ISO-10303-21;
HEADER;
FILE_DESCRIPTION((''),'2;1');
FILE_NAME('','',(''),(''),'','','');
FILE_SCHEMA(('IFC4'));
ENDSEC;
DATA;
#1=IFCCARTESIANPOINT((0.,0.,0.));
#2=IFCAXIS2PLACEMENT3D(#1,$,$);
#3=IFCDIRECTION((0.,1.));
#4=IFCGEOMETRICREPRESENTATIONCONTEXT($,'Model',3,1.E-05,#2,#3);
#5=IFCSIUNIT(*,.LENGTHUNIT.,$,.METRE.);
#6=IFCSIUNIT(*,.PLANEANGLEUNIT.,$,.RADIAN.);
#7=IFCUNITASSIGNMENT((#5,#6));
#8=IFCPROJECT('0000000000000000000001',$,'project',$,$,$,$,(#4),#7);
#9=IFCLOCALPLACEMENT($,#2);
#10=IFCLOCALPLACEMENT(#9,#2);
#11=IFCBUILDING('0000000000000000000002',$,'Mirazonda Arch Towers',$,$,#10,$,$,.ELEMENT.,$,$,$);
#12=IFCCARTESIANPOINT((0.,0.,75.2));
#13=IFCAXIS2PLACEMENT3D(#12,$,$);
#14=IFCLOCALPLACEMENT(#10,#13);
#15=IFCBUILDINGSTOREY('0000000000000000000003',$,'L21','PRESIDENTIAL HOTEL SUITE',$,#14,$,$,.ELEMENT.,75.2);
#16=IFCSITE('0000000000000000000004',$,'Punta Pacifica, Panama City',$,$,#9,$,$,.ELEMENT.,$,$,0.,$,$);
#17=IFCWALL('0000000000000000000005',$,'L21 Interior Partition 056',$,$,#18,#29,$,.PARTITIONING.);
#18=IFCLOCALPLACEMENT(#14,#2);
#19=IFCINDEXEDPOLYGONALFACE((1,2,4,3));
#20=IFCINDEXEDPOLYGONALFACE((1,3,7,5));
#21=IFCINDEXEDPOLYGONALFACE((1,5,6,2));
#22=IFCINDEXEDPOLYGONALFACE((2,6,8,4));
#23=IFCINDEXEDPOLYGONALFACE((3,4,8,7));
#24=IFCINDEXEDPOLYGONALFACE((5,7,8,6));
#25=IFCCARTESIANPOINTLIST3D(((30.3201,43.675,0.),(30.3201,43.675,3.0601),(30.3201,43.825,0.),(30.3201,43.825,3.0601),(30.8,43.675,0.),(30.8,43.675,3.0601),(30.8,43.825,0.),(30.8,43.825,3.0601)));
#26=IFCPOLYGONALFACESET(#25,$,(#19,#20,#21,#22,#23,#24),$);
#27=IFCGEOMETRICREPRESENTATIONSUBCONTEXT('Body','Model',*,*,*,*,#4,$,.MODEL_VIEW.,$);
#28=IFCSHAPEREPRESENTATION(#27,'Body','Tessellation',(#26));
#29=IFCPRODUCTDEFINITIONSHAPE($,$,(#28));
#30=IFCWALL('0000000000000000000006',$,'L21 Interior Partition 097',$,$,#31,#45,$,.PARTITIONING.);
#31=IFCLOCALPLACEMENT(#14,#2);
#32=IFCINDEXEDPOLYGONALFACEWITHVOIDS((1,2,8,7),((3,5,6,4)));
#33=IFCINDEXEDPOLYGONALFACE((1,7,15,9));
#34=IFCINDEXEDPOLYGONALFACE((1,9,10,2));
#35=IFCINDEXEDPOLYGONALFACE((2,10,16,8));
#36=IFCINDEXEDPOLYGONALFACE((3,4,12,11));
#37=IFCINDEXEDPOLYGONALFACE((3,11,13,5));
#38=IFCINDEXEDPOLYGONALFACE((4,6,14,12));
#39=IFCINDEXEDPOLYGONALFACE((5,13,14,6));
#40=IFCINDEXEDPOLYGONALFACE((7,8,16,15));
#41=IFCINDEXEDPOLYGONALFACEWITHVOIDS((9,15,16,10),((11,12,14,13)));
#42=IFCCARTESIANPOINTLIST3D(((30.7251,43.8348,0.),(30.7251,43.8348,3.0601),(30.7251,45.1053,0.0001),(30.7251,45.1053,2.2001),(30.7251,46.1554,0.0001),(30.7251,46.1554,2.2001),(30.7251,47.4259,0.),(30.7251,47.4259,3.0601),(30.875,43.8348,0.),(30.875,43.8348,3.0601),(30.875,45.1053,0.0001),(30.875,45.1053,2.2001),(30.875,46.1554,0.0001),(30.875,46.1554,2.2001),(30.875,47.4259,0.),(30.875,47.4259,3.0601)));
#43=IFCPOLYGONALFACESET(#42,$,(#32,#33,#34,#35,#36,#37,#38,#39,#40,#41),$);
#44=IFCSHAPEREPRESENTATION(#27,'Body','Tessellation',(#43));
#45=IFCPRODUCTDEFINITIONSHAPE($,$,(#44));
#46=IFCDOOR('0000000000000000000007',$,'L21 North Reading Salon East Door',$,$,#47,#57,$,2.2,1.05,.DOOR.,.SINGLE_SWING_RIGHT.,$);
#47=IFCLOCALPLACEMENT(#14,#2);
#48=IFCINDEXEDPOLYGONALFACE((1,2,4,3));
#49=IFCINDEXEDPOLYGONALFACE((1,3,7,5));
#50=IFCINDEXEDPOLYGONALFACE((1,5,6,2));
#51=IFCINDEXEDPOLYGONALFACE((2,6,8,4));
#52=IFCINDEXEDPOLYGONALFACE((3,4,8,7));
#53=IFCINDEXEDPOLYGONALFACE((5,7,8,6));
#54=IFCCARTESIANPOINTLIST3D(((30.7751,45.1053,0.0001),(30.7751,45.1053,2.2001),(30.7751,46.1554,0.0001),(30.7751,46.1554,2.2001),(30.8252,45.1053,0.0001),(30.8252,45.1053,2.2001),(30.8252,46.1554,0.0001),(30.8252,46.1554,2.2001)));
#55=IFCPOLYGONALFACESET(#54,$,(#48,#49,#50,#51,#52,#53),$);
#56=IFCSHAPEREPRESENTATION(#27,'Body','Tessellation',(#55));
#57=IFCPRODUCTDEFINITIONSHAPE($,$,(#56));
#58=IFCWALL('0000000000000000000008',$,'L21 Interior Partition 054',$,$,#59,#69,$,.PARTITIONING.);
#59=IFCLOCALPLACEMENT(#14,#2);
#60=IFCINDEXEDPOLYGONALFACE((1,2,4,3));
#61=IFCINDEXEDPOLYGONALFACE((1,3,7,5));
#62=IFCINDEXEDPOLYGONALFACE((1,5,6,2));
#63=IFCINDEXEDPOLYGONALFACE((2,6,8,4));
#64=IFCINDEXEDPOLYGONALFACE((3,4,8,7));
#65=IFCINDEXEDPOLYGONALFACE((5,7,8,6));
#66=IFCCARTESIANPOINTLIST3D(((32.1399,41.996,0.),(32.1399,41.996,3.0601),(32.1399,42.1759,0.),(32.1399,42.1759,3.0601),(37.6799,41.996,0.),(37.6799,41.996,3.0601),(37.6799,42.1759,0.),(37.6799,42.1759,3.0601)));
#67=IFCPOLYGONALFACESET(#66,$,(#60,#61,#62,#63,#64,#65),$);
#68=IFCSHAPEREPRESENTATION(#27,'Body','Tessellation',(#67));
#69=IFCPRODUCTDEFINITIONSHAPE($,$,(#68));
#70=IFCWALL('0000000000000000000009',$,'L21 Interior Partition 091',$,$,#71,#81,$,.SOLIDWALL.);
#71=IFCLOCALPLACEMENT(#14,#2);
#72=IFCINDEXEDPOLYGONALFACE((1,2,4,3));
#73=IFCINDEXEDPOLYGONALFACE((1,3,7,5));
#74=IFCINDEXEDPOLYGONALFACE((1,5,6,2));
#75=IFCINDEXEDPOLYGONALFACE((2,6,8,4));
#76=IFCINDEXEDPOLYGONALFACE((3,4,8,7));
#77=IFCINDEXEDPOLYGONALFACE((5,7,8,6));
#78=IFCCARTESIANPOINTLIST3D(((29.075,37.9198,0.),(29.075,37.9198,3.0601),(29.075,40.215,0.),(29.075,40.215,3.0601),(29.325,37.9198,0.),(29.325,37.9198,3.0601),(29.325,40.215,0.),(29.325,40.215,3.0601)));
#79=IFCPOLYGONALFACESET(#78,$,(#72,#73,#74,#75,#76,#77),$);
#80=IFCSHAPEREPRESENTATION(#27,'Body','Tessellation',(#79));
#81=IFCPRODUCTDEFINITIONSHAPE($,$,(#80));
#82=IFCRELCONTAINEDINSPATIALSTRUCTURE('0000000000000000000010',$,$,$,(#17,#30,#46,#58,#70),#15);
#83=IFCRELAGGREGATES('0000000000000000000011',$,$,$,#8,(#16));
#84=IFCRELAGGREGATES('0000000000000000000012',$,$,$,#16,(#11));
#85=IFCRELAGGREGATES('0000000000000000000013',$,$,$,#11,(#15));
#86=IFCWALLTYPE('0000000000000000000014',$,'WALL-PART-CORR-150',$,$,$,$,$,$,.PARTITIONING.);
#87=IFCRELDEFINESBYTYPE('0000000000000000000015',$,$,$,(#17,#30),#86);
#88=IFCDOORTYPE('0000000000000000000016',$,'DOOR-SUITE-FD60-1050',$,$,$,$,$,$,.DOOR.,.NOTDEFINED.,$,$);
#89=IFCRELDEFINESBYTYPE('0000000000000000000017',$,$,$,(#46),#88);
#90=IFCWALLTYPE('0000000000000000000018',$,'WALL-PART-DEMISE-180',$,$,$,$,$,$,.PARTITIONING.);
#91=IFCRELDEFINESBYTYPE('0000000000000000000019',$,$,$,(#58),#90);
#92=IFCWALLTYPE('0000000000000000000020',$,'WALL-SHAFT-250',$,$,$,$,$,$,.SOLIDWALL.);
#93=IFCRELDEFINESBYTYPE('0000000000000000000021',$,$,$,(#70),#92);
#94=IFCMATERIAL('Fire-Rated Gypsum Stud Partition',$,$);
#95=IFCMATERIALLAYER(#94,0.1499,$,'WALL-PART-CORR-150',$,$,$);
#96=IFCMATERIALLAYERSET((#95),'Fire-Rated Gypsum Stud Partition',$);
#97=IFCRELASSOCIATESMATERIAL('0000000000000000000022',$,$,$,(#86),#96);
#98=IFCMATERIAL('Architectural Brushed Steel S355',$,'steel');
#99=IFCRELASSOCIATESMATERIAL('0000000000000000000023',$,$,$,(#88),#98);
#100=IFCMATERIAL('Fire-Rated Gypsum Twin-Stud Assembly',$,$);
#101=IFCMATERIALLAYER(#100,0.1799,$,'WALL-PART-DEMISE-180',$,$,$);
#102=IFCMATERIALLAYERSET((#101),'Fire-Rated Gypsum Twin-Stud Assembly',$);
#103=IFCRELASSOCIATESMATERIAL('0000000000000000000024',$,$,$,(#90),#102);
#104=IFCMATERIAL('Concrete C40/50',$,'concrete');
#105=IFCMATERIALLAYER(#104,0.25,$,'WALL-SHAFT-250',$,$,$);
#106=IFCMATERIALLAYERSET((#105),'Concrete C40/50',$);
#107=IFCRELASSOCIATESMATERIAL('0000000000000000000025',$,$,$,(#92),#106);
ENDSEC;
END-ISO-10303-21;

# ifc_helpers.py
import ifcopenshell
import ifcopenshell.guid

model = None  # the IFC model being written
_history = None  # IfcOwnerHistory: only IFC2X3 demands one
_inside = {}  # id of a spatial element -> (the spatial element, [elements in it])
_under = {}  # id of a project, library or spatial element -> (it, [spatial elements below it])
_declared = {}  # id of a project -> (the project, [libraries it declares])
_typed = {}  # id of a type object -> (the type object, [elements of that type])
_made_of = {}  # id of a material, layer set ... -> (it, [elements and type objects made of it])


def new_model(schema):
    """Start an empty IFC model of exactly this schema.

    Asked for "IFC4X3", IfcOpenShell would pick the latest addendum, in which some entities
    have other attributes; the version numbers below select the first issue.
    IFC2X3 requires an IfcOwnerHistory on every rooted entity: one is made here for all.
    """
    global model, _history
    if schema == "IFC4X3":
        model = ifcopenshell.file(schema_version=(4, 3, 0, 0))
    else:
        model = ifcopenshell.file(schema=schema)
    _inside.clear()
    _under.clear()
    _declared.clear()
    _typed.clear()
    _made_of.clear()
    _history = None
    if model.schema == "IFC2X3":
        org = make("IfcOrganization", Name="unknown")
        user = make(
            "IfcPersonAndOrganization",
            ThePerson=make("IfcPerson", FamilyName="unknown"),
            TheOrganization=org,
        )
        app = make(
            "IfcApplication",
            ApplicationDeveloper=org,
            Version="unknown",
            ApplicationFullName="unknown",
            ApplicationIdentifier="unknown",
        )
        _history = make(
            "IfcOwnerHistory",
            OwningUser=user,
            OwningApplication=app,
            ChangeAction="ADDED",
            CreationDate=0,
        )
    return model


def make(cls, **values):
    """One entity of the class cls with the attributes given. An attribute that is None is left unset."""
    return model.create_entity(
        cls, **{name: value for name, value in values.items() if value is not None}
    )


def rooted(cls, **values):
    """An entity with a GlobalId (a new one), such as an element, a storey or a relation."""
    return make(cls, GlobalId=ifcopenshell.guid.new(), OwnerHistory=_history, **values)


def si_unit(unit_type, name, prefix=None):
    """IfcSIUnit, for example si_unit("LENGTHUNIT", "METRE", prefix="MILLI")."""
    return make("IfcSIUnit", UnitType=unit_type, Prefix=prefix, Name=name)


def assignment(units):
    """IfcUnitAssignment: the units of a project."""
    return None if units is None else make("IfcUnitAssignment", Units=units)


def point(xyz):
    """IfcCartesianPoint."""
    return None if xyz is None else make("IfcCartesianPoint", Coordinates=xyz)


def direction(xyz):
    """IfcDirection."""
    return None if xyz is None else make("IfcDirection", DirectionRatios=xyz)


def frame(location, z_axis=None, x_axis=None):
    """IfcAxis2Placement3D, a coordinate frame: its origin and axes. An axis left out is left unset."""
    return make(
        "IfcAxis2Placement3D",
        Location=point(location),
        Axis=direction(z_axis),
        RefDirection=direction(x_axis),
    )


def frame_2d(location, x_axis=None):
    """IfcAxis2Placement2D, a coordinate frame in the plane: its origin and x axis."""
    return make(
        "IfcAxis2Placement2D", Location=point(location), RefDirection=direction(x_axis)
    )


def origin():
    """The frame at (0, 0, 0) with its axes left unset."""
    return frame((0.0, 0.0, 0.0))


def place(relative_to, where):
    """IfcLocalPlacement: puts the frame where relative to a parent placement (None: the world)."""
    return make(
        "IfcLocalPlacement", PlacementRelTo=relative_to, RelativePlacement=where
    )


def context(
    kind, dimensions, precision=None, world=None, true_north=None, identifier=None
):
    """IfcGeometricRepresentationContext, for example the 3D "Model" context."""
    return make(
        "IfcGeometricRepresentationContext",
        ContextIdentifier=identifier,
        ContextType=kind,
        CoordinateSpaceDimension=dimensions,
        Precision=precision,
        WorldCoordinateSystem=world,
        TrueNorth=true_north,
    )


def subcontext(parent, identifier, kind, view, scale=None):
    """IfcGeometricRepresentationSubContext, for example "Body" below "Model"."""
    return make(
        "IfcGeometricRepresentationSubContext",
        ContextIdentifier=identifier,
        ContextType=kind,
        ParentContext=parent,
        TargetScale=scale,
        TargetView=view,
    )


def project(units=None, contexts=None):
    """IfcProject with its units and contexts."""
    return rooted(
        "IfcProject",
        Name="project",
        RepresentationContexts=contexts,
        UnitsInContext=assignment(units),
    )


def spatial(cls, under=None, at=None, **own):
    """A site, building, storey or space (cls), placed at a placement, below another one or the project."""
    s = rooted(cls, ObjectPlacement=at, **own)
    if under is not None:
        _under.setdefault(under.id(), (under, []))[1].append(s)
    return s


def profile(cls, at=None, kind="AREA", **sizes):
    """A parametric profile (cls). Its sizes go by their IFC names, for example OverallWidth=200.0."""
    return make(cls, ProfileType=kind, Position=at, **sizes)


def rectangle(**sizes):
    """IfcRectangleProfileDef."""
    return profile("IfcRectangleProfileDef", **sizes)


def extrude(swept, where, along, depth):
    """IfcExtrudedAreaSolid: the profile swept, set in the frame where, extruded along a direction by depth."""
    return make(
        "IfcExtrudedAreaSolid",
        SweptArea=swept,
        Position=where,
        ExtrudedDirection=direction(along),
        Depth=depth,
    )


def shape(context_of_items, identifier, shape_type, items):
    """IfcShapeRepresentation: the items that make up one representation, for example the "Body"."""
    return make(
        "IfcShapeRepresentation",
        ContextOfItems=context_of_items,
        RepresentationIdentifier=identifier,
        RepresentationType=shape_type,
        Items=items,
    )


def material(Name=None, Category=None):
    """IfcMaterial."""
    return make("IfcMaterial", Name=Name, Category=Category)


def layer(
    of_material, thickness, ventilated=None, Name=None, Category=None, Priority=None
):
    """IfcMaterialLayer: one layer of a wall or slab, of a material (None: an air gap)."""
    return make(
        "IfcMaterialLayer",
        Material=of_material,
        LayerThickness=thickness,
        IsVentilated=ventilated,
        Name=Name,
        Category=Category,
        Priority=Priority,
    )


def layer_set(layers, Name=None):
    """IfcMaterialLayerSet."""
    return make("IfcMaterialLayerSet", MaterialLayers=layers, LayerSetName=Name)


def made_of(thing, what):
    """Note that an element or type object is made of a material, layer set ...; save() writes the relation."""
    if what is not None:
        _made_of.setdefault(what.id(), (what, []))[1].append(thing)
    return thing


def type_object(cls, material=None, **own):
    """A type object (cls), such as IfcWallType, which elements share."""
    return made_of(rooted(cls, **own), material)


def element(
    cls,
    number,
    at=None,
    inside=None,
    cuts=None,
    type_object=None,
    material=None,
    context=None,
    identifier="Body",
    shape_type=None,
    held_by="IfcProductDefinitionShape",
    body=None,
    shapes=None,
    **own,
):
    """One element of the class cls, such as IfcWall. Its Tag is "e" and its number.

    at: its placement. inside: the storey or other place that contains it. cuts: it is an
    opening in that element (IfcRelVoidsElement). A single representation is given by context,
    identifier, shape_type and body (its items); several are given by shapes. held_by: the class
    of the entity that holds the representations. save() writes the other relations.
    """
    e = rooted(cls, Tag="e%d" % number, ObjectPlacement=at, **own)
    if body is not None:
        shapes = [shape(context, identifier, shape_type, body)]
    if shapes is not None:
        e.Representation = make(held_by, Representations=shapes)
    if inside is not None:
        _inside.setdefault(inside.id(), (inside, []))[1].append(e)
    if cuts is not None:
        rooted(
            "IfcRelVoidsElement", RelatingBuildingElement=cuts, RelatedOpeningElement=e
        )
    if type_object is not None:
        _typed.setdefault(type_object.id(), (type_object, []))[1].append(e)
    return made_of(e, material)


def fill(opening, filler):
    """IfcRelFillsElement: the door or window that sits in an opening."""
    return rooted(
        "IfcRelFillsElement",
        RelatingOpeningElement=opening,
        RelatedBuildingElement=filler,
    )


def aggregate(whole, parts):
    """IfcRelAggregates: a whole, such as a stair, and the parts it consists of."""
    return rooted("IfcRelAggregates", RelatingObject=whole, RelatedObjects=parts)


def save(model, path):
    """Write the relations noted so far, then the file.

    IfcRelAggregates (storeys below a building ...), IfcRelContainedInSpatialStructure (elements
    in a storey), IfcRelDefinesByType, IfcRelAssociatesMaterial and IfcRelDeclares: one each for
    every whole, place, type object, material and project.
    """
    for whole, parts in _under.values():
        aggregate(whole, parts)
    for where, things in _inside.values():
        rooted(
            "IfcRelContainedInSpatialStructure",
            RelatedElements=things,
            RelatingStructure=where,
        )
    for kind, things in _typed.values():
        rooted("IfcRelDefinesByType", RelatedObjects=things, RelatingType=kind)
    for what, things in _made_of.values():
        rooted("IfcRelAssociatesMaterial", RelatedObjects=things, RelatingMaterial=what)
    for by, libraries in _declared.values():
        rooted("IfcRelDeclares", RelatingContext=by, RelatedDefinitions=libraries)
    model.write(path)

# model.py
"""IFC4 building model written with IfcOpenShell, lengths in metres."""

from ifc_helpers import new_model, si_unit, direction, frame, frame_2d, origin, place, context, subcontext, project, spatial, rectangle, extrude, material, layer, layer_set, type_object, element, fill, save


model = new_model("IFC4")

# Units and contexts
model_context = context("Model", 3, precision=1e-05, world=origin(), true_north=direction((0.0, 1.0)))
body_context = subcontext(model_context, "Body", "Model", "MODEL_VIEW")
ifc_project = project(units=[si_unit("LENGTHUNIT", "METRE"), si_unit("PLANEANGLEUNIT", "RADIAN")], contexts=[model_context])

# Site, building, storey
site_placement = place(None, origin())
site = spatial("IfcSite", under=ifc_project, at=site_placement, Name="Punta Pacifica, Panama City", CompositionType="ELEMENT", RefElevation=0.0)
building_placement = place(site_placement, origin())
building = spatial("IfcBuilding", under=site, at=building_placement, Name="Mirazonda Arch Towers", CompositionType="ELEMENT")
storey_placement = place(building_placement, frame((0.0, 0.0, 75.2)))
storey = spatial("IfcBuildingStorey", under=building, at=storey_placement, Name="L21", Description="PRESIDENTIAL HOTEL SUITE", CompositionType="ELEMENT", Elevation=75.2)

# Wall
ifc_material_1 = material(Name="Fire-Rated Gypsum Stud Partition")
ifc_layer_1 = layer(ifc_material_1, 0.1499, Name="WALL-PART-CORR-150")
ifc_layer_set_1 = layer_set([ifc_layer_1], Name="Fire-Rated Gypsum Stud Partition")
wall_type_1 = type_object("IfcWallType", Name="WALL-PART-CORR-150", PredefinedType="PARTITIONING", material=ifc_layer_set_1)
wall_1_placement = place(storey_placement, frame((30.3201, 43.75, 0.0), z_axis=(0.0, 0.0, 1.0), x_axis=(1.0, 0.0, 0.0)))
element("IfcWall", 1, at=wall_1_placement, inside=storey, type_object=wall_type_1, Name="L21 Interior Partition 056", PredefinedType="PARTITIONING", context=body_context, shape_type="SweptSolid", body=[
    extrude(rectangle(XDim=0.48, YDim=0.1499, at=frame_2d((0.24, 0.0))), origin(), (0.0, 0.0, 1.0), 3.0601),
])

# Wall, opening, door
wall_2_placement = place(storey_placement, frame((30.8, 43.835, 0.0), z_axis=(0.0, 0.0, 1.0), x_axis=(0.0, 1.0, 0.0)))
wall_2 = element("IfcWall", 2, at=wall_2_placement, inside=storey, type_object=wall_type_1, Name="L21 Interior Partition 097", PredefinedType="PARTITIONING", context=body_context, shape_type="SweptSolid", body=[
    extrude(rectangle(XDim=3.5911, YDim=0.1499, at=frame_2d((1.7954, 0.0))), origin(), (0.0, 0.0, 1.0), 3.0601),
])
opening_1_placement = place(wall_2_placement, frame((1.2705, 0.0, 0.0)))
opening_1 = element("IfcOpeningElement", 3, at=opening_1_placement, cuts=wall_2, PredefinedType="OPENING", context=body_context, shape_type="SweptSolid", body=[
    extrude(rectangle(XDim=1.05, YDim=2.2, at=frame_2d((0.5249, 1.1001))), frame((0.0, 0.085, 0.0), z_axis=(0.0, -1.0, 0.0), x_axis=(1.0, 0.0, 0.0)), (0.0, 0.0, 1.0), 0.1699),
])
ifc_material_2 = material(Name="Architectural Brushed Steel S355", Category="steel")
door_type_1 = type_object("IfcDoorType", Name="DOOR-SUITE-FD60-1050", OperationType="NOTDEFINED", PredefinedType="DOOR", material=ifc_material_2)
door_1_placement = place(opening_1_placement, origin())
door_1 = element("IfcDoor", 4, at=door_1_placement, inside=storey, type_object=door_type_1, Name="L21 North Reading Salon East Door", OperationType="SINGLE_SWING_RIGHT", OverallHeight=2.2, OverallWidth=1.05, PredefinedType="DOOR", context=body_context, shape_type="SweptSolid", body=[
    extrude(rectangle(XDim=1.05, YDim=2.2, at=frame_2d((0.5249, 1.1001))), frame((0.0, 0.0249, 0.0), z_axis=(0.0, -1.0, 0.0), x_axis=(1.0, 0.0, 0.0)), (0.0, 0.0, 1.0), 0.05),
])
fill(opening_1, door_1)

# Wall
ifc_material_3 = material(Name="Fire-Rated Gypsum Twin-Stud Assembly")
ifc_layer_2 = layer(ifc_material_3, 0.1799, Name="WALL-PART-DEMISE-180")
ifc_layer_set_2 = layer_set([ifc_layer_2], Name="Fire-Rated Gypsum Twin-Stud Assembly")
wall_type_2 = type_object("IfcWallType", Name="WALL-PART-DEMISE-180", PredefinedType="PARTITIONING", material=ifc_layer_set_2)
wall_3_placement = place(storey_placement, frame((32.1399, 42.0859, 0.0), z_axis=(0.0, 0.0, 1.0), x_axis=(1.0, 0.0, 0.0)))
element("IfcWall", 5, at=wall_3_placement, inside=storey, type_object=wall_type_2, Name="L21 Interior Partition 054", PredefinedType="PARTITIONING", context=body_context, shape_type="SweptSolid", body=[
    extrude(rectangle(XDim=5.54, YDim=0.1799, at=frame_2d((2.77, 0.0))), origin(), (0.0, 0.0, 1.0), 3.0601),
])

# Wall
ifc_material_4 = material(Name="Concrete C40/50", Category="concrete")
ifc_layer_3 = layer(ifc_material_4, 0.25, Name="WALL-SHAFT-250")
ifc_layer_set_3 = layer_set([ifc_layer_3], Name="Concrete C40/50")
wall_type_3 = type_object("IfcWallType", Name="WALL-SHAFT-250", PredefinedType="SOLIDWALL", material=ifc_layer_set_3)
wall_4_placement = place(storey_placement, frame((29.2, 37.9199, 0.0), z_axis=(0.0, 0.0, 1.0), x_axis=(0.0, 1.0, 0.0)))
element("IfcWall", 6, at=wall_4_placement, inside=storey, type_object=wall_type_3, Name="L21 Interior Partition 091", PredefinedType="SOLIDWALL", context=body_context, shape_type="SweptSolid", body=[
    extrude(rectangle(XDim=2.2952, YDim=0.25, at=frame_2d((1.1475, 0.0))), origin(), (0.0, 0.0, 1.0), 3.0601),
])

save(model, "model.ifc")
